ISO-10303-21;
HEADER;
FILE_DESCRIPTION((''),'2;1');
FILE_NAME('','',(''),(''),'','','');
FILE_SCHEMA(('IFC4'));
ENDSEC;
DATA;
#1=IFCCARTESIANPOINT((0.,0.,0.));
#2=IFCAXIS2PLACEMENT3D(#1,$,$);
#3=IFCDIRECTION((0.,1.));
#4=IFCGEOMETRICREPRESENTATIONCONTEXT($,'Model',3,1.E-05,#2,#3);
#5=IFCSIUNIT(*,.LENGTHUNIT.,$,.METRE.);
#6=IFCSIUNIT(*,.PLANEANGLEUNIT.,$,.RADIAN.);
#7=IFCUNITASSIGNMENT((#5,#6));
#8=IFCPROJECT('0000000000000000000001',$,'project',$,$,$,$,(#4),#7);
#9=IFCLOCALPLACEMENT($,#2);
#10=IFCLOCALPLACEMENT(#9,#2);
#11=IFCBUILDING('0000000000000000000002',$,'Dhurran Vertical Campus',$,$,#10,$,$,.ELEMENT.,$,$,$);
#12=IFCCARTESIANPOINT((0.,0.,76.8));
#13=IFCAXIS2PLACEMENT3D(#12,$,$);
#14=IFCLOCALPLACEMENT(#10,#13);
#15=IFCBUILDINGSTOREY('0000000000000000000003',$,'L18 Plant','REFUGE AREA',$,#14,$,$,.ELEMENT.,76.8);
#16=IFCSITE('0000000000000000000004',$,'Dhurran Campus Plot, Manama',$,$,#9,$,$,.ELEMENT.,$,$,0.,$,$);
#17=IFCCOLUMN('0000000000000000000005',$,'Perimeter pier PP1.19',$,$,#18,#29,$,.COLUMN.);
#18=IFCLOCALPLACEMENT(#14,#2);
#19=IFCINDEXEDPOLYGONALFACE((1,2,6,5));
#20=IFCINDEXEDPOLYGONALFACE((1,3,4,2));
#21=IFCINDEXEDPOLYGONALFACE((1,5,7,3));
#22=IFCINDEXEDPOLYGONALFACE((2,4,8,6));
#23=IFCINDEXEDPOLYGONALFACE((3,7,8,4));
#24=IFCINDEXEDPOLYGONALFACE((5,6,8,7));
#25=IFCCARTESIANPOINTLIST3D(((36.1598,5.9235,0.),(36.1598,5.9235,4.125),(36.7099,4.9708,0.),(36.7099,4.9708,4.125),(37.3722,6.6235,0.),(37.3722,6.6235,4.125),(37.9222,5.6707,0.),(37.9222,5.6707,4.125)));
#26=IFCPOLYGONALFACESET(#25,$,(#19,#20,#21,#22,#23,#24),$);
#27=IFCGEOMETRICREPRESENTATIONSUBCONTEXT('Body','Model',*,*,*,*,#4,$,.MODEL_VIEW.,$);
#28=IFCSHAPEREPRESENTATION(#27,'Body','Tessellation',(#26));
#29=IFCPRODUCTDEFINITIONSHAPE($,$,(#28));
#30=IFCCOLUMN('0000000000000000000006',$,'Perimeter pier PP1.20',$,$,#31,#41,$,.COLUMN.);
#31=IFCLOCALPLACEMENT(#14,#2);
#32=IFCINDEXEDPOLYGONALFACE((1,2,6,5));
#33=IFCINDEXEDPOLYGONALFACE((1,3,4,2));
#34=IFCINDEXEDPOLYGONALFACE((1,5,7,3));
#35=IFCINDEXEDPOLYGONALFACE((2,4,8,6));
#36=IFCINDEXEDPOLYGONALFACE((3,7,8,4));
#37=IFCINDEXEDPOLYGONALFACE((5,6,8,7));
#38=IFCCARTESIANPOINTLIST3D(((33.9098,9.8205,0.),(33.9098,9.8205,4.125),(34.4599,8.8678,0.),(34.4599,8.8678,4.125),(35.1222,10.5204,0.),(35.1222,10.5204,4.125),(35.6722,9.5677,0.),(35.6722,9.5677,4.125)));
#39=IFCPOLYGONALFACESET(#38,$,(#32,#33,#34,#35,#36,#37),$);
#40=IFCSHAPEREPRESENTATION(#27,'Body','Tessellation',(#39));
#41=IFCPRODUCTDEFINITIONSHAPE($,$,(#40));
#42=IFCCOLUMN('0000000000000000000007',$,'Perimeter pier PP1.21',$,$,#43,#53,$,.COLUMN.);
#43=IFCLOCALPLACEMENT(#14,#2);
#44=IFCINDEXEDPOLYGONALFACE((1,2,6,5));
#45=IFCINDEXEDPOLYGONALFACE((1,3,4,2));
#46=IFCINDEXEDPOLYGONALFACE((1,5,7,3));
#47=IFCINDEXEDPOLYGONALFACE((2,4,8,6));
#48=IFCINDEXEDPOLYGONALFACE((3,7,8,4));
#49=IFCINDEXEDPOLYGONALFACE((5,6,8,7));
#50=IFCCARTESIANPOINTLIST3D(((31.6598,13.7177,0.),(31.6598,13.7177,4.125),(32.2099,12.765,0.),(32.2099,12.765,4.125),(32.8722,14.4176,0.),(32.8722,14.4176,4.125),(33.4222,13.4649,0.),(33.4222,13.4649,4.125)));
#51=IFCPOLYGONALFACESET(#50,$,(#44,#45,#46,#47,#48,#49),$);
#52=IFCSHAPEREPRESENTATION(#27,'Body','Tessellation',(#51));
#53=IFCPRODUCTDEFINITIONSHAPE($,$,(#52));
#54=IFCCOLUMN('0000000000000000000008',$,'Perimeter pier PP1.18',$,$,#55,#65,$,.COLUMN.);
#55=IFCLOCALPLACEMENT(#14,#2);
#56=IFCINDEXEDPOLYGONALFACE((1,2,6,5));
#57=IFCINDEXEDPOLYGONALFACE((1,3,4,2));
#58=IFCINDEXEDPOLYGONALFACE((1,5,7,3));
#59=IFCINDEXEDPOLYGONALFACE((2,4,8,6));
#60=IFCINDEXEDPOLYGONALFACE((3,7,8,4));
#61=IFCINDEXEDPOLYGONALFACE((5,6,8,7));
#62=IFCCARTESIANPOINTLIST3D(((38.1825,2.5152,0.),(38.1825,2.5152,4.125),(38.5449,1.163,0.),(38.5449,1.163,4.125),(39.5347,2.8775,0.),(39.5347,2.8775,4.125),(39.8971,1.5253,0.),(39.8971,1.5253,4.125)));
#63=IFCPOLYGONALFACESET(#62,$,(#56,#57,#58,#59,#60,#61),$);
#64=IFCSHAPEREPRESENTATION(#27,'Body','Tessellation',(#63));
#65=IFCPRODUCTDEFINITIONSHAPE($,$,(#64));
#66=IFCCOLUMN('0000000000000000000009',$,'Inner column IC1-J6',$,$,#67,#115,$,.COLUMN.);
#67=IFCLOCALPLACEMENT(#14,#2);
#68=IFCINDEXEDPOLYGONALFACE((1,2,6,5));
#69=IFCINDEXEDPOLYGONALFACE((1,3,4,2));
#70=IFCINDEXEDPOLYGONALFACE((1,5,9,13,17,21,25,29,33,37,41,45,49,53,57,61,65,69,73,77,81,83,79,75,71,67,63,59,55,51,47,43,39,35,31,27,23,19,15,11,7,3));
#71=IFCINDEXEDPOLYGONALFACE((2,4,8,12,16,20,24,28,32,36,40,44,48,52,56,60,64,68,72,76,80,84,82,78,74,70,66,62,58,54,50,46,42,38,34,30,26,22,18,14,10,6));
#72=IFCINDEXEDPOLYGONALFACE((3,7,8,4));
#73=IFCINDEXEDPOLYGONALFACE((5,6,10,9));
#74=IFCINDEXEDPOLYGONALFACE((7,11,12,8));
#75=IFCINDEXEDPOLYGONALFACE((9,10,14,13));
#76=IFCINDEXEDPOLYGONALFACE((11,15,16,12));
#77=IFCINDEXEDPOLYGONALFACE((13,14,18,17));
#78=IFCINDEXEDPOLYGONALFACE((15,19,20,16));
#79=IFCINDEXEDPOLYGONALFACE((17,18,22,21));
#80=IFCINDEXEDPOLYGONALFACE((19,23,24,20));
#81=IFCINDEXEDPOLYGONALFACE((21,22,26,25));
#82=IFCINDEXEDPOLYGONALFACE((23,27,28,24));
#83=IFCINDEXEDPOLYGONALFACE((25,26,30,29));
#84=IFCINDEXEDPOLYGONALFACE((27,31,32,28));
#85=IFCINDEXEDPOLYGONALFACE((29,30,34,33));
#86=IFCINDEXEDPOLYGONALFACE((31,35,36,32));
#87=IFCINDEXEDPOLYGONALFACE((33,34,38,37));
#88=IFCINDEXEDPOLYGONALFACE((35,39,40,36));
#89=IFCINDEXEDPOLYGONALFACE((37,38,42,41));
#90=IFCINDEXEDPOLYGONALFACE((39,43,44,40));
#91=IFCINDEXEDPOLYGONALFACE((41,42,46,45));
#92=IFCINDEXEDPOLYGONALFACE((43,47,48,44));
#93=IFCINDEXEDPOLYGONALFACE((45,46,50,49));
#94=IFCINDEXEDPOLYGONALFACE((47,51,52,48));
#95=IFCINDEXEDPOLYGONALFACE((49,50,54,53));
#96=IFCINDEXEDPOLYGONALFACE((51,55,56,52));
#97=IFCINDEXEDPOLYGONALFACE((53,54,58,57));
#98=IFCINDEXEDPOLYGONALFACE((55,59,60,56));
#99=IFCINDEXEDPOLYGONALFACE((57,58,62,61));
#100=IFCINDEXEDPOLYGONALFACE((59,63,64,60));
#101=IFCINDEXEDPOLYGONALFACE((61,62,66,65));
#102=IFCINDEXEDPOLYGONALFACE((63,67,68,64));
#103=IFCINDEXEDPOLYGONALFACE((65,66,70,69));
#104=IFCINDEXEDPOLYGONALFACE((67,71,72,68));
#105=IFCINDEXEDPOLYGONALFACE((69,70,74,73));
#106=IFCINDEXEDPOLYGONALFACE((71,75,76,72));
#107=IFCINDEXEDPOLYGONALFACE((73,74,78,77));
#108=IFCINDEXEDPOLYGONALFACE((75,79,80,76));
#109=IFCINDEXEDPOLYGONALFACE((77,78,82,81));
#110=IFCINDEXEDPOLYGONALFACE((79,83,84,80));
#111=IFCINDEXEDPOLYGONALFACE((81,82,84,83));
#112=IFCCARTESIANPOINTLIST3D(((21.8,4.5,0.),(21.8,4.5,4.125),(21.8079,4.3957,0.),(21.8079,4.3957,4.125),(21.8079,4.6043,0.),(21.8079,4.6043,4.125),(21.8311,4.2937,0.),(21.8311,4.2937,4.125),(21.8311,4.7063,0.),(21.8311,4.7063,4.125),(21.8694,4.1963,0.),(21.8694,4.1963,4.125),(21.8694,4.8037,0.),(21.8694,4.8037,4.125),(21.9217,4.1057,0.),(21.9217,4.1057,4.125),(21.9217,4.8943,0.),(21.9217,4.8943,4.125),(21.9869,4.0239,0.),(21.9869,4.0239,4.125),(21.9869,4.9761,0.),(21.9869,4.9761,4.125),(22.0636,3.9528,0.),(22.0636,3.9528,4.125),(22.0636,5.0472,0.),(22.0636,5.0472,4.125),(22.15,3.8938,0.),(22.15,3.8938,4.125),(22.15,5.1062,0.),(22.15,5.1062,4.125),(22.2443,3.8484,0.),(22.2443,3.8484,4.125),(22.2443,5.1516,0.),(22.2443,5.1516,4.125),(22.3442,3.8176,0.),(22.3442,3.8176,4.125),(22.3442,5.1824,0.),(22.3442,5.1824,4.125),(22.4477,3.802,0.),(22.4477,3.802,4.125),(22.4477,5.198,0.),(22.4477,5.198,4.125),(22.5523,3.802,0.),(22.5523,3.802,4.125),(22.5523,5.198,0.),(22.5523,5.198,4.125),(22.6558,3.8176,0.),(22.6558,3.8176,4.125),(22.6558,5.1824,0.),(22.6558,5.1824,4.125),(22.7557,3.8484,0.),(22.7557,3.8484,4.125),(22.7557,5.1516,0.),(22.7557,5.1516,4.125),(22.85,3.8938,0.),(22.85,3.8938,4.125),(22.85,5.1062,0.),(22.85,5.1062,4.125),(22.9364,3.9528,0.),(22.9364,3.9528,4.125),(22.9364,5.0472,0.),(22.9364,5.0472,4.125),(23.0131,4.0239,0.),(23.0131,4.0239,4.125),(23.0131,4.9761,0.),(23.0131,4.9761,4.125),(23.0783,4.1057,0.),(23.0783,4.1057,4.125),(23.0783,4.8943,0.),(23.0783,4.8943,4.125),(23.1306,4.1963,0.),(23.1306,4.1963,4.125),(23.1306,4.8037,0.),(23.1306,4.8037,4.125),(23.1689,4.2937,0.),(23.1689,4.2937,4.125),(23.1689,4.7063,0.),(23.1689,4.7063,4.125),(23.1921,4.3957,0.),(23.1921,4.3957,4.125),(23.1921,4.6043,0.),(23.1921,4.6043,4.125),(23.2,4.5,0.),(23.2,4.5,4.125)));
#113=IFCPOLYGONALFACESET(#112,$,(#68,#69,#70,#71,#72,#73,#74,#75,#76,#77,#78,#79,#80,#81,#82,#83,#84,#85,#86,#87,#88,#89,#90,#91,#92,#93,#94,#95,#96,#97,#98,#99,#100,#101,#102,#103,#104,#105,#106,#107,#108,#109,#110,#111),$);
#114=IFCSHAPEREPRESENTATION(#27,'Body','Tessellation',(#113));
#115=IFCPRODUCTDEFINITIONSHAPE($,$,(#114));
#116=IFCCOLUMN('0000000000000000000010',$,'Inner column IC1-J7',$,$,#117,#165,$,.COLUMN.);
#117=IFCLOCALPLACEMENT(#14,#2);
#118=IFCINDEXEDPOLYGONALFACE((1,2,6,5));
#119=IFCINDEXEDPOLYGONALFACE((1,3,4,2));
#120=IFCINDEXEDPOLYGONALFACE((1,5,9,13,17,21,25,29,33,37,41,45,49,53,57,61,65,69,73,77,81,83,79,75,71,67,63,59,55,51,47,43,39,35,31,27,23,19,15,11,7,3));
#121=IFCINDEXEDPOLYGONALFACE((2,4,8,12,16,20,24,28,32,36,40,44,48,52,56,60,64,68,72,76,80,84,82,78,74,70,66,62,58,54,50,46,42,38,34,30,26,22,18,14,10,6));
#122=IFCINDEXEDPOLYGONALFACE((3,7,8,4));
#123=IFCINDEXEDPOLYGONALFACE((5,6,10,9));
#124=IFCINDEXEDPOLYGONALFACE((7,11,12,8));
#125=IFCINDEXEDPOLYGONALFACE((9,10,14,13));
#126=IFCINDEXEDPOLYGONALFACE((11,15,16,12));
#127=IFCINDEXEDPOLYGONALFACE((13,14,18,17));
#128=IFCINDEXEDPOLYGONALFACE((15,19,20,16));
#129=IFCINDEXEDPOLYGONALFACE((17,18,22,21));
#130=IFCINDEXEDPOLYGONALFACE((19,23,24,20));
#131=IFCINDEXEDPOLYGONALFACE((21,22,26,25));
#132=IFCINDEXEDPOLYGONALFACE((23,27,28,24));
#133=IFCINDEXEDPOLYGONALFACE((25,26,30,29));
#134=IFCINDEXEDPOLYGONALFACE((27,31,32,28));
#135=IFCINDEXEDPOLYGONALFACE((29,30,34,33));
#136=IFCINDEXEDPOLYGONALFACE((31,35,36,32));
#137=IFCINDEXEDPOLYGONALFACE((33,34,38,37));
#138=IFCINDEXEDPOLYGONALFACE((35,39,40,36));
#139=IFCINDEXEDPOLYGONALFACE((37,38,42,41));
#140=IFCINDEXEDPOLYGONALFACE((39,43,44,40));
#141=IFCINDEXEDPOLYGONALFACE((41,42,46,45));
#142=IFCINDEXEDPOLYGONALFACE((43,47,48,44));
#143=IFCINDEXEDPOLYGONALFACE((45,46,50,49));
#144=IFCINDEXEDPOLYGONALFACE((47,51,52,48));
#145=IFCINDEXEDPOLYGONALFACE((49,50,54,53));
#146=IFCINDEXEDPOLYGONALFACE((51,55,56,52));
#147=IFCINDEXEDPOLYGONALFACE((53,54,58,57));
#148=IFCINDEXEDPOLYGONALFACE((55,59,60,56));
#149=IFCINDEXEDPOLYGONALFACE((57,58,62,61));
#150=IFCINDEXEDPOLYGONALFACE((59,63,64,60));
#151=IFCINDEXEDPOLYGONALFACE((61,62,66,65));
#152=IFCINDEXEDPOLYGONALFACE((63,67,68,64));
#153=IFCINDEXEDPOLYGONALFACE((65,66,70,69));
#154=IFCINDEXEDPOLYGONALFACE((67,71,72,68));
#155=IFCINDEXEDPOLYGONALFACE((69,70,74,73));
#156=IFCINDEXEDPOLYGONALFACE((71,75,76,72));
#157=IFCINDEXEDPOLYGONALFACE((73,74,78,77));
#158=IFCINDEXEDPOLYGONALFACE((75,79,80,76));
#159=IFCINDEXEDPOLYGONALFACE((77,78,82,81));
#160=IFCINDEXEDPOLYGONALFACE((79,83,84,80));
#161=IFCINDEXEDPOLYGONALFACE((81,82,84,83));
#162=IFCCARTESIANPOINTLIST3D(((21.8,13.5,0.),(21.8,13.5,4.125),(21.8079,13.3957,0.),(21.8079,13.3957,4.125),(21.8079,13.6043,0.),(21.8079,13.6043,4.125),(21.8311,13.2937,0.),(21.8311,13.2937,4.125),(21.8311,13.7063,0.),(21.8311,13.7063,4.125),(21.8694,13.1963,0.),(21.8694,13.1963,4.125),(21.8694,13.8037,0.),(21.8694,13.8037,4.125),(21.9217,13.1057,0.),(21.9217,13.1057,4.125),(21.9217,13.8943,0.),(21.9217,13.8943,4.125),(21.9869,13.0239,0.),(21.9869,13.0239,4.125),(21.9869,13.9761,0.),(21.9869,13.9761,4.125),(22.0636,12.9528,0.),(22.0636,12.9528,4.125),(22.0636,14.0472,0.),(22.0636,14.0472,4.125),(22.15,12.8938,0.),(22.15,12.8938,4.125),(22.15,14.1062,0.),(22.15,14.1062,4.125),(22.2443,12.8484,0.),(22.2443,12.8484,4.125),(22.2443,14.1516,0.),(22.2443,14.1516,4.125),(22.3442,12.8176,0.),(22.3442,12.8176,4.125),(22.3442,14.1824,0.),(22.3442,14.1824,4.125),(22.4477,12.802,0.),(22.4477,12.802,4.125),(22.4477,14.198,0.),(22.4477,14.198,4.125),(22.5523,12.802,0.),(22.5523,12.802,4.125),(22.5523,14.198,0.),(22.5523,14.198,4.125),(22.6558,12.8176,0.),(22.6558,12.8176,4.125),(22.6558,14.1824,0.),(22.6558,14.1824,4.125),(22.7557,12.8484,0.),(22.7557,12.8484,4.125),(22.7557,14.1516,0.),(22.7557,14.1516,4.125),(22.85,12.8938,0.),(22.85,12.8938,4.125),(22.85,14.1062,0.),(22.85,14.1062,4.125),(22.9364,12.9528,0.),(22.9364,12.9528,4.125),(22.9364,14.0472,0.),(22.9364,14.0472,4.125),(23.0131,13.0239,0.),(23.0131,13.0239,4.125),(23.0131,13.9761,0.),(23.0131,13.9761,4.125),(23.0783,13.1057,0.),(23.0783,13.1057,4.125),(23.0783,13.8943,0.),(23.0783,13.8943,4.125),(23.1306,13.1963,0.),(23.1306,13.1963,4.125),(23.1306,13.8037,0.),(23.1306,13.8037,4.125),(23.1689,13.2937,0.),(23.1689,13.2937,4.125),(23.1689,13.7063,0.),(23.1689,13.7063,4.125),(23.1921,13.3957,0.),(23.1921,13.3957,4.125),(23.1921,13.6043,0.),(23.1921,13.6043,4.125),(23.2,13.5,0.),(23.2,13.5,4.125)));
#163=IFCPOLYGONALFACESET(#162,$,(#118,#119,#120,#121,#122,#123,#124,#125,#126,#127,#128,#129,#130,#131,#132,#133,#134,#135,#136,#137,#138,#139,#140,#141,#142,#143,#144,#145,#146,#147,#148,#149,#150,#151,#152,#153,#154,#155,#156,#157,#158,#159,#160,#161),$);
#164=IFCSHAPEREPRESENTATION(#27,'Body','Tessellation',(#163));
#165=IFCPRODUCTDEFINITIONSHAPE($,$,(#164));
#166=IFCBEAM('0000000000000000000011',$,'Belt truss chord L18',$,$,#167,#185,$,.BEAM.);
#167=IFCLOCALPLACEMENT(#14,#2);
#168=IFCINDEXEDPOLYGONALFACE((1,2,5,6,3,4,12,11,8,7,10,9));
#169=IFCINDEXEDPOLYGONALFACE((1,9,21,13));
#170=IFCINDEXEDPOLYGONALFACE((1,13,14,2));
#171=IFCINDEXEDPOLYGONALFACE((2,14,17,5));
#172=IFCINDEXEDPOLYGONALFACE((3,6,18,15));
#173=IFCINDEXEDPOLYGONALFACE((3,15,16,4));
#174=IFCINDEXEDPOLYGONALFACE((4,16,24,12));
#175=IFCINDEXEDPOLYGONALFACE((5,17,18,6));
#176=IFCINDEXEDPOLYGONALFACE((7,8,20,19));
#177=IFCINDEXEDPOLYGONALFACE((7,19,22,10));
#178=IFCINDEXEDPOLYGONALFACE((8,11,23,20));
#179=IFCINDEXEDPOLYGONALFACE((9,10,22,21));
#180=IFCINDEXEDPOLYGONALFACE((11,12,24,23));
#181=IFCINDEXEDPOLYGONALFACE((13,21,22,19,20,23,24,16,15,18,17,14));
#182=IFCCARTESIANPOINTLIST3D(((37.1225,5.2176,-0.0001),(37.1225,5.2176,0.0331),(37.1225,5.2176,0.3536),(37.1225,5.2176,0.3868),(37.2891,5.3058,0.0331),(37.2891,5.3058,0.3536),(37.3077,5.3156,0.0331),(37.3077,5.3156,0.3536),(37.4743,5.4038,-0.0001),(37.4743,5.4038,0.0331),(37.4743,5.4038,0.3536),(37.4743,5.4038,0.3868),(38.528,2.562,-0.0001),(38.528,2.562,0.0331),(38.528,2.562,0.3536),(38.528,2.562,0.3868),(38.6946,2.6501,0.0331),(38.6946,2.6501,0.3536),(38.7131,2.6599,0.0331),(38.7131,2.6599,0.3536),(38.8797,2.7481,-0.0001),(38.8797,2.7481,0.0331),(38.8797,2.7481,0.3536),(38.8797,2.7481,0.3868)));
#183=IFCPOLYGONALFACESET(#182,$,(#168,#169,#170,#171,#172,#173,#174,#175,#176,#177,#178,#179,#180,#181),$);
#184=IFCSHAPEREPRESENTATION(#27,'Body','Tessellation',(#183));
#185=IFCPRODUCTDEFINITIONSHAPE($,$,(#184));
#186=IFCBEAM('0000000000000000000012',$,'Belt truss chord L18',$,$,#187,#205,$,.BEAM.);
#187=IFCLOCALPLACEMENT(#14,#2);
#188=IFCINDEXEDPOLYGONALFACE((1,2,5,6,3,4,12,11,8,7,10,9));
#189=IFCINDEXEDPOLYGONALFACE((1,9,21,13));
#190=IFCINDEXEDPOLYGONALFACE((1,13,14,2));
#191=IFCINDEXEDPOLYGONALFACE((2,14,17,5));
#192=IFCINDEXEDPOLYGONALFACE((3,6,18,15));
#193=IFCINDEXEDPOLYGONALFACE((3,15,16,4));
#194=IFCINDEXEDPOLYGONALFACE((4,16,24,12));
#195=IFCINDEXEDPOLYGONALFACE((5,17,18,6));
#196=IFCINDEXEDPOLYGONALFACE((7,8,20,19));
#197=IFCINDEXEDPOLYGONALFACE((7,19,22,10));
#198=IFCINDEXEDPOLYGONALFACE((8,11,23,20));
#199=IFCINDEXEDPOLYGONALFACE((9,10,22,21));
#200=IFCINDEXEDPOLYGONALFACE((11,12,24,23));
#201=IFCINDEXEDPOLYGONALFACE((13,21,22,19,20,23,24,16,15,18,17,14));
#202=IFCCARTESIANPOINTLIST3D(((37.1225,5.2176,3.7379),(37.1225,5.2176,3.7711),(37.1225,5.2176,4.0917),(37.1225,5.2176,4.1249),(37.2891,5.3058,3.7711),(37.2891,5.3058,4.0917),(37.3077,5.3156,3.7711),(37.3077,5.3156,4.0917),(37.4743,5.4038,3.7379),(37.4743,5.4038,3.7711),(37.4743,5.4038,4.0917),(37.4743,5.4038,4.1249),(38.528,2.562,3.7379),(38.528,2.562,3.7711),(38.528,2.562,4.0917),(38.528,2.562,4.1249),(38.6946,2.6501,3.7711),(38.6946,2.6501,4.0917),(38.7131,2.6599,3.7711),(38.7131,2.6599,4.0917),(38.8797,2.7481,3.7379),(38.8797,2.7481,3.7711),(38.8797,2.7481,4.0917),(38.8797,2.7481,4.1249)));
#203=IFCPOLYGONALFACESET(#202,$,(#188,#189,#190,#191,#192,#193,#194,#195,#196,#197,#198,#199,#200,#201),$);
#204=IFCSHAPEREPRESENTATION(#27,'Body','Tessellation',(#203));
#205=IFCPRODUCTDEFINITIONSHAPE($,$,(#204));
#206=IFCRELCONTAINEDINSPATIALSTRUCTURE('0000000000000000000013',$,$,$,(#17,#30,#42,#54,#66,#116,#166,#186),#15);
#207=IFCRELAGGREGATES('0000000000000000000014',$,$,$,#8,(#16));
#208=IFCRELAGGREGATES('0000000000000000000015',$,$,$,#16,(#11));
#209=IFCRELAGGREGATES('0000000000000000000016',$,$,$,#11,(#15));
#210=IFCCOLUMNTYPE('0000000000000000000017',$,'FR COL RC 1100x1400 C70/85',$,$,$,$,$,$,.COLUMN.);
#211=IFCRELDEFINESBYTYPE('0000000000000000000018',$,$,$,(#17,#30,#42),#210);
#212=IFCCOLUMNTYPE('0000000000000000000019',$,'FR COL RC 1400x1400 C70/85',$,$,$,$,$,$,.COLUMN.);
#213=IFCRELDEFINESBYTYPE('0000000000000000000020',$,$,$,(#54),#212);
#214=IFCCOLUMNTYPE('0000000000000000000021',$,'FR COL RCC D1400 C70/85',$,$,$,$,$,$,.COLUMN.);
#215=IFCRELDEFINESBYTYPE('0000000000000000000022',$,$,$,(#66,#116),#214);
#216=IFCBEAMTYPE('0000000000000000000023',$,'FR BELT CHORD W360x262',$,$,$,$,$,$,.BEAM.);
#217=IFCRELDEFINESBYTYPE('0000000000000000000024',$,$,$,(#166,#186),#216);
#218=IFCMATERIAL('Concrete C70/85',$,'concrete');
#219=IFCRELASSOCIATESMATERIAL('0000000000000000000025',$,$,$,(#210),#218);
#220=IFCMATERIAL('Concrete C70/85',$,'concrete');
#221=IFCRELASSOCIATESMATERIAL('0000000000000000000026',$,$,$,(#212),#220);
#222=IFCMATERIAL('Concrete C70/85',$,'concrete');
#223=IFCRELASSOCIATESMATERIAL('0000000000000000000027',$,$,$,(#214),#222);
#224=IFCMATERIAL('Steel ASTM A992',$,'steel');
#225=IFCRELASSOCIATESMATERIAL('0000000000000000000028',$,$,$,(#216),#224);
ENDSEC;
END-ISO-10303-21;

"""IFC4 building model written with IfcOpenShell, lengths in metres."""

from ifc_helpers import new_model, si_unit, direction, frame, origin, origin_2d, place, context, subcontext, project, spatial, rectangle, circle, i_section, extrude, material, material_profile, profile_set, type_object, element, save


model = new_model("IFC4")

# Units and contexts
model_context = context("Model", 3, precision=1e-05, world=origin(), true_north=direction((0.0, 1.0)))
body_context = subcontext(model_context, "Body", "Model", "MODEL_VIEW")
ifc_project = project(units=[si_unit("LENGTHUNIT", "METRE"), si_unit("PLANEANGLEUNIT", "RADIAN")], contexts=[model_context])

# Site, building, storey
site_placement = place(None, origin())
site = spatial("IfcSite", under=ifc_project, at=site_placement, Name="Dhurran Campus Plot, Manama", CompositionType="ELEMENT", RefElevation=0.0)
building_placement = place(site_placement, origin())
building = spatial("IfcBuilding", under=site, at=building_placement, Name="Dhurran Vertical Campus", CompositionType="ELEMENT")
storey_placement = place(building_placement, frame((0.0, 0.0, 76.8)))
storey = spatial("IfcBuildingStorey", under=building, at=storey_placement, Name="L18 Plant", Description="REFUGE AREA", CompositionType="ELEMENT", Elevation=76.8)

# Columns
ifc_material_1 = material(Name="Concrete C70/85", Category="concrete")
ifc_material_profile_1 = material_profile(ifc_material_1, rectangle(XDim=1.1001, YDim=1.3999, at=origin_2d()), Name="RC 1100x1400")
ifc_profile_set_1 = profile_set([ifc_material_profile_1], Name="Concrete C70/85")
column_type_1 = type_object("IfcColumnType", Name="FR COL RC 1100x1400 C70/85", PredefinedType="COLUMN", material=ifc_profile_set_1)
for number, where, z_axis, x_axis, name in (
    (1, (37.041, 5.7971, 0.0), (0.0, 0.0, 1.0), (-0.5, 0.866025, 0.0), "Perimeter pier PP1.19"),
    (2, (34.791, 9.6941, 0.0), (0.0, 0.0, 1.0), (-0.5, 0.866025, 0.0), "Perimeter pier PP1.20"),
    (3, (32.541, 13.5913, 0.0), (0.0, 0.0, 1.0), (-0.5, 0.866025, 0.0), "Perimeter pier PP1.21"),
):
    element("IfcColumn", number, at=place(storey_placement, frame(where, z_axis=z_axis, x_axis=x_axis)), inside=storey, type_object=column_type_1, Name=name, PredefinedType="COLUMN", context=body_context, shape_type="SweptSolid", body=[
        extrude(rectangle(XDim=1.1001, YDim=1.3999, at=origin_2d()), origin(), (0.0, 0.0, 1.0), 4.125),
    ])
ifc_material_2 = material(Name="Concrete C70/85", Category="concrete")
ifc_material_profile_2 = material_profile(ifc_material_2, rectangle(XDim=1.3999, YDim=1.3999, at=origin_2d()), Name="RC 1400x1400")
ifc_profile_set_2 = profile_set([ifc_material_profile_2], Name="Concrete C70/85")
column_type_2 = type_object("IfcColumnType", Name="FR COL RC 1400x1400 C70/85", PredefinedType="COLUMN", material=ifc_profile_set_2)
column_placement = place(storey_placement, frame((39.0398, 2.0203, 0.0), z_axis=(0.0, 0.0, 1.0), x_axis=(-0.258819, 0.965926, 0.0)))
element("IfcColumn", 4, at=column_placement, inside=storey, type_object=column_type_2, Name="Perimeter pier PP1.18", PredefinedType="COLUMN", context=body_context, shape_type="SweptSolid", body=[
    extrude(rectangle(XDim=1.3999, YDim=1.3999, at=origin_2d()), origin(), (0.0, 0.0, 1.0), 4.125),
])
ifc_material_3 = material(Name="Concrete C70/85", Category="concrete")
ifc_material_profile_3 = material_profile(ifc_material_3, circle(Radius=0.7, at=origin_2d()), Name="RCC D1400")
ifc_profile_set_3 = profile_set([ifc_material_profile_3], Name="Concrete C70/85")
column_type_3 = type_object("IfcColumnType", Name="FR COL RCC D1400 C70/85", PredefinedType="COLUMN", material=ifc_profile_set_3)
for number, where, z_axis, x_axis, name in (
    (5, (22.5, 4.5, 0.0), (0.0, 0.0, 1.0), (1.0, 0.0, 0.0), "Inner column IC1-J6"),
    (6, (22.5, 13.5, 0.0), (0.0, 0.0, 1.0), (1.0, 0.0, 0.0), "Inner column IC1-J7"),
):
    element("IfcColumn", number, at=place(storey_placement, frame(where, z_axis=z_axis, x_axis=x_axis)), inside=storey, type_object=column_type_3, Name=name, PredefinedType="COLUMN", context=body_context, shape_type="SweptSolid", body=[
        extrude(circle(Radius=0.7, at=origin_2d()), origin(), (0.0, 0.0, 1.0), 4.125),
    ])

# Beams
ifc_material_4 = material(Name="Steel ASTM A992", Category="steel")
ifc_material_profile_4 = material_profile(ifc_material_4, i_section(OverallWidth=0.3979, OverallDepth=0.387, WebThickness=0.021, FlangeThickness=0.0332, at=origin_2d()), Name="W360x262")
ifc_profile_set_4 = profile_set([ifc_material_profile_4], Name="Steel ASTM A992")
beam_type = type_object("IfcBeamType", Name="FR BELT CHORD W360x262", PredefinedType="BEAM", material=ifc_profile_set_4)
for number, where, z_axis, x_axis, name in (
    (7, (38.7039, 2.655, 0.1934), (-0.467765, 0.883853, 0.0), (-0.883853, -0.467765, 0.0), "Belt truss chord L18"),
    (8, (38.7039, 2.655, 3.9314), (-0.467765, 0.883853, 0.0), (-0.883853, -0.467765, 0.0), "Belt truss chord L18"),
):
    element("IfcBeam", number, at=place(storey_placement, frame(where, z_axis=z_axis, x_axis=x_axis)), inside=storey, type_object=beam_type, Name=name, PredefinedType="BEAM", context=body_context, shape_type="SweptSolid", body=[
        extrude(i_section(OverallWidth=0.3979, OverallDepth=0.387, WebThickness=0.021, FlangeThickness=0.0332, at=origin_2d()), origin(), (0.0, 0.0, 1.0), 3.0046),
    ])

save(model, "model.ifc")
